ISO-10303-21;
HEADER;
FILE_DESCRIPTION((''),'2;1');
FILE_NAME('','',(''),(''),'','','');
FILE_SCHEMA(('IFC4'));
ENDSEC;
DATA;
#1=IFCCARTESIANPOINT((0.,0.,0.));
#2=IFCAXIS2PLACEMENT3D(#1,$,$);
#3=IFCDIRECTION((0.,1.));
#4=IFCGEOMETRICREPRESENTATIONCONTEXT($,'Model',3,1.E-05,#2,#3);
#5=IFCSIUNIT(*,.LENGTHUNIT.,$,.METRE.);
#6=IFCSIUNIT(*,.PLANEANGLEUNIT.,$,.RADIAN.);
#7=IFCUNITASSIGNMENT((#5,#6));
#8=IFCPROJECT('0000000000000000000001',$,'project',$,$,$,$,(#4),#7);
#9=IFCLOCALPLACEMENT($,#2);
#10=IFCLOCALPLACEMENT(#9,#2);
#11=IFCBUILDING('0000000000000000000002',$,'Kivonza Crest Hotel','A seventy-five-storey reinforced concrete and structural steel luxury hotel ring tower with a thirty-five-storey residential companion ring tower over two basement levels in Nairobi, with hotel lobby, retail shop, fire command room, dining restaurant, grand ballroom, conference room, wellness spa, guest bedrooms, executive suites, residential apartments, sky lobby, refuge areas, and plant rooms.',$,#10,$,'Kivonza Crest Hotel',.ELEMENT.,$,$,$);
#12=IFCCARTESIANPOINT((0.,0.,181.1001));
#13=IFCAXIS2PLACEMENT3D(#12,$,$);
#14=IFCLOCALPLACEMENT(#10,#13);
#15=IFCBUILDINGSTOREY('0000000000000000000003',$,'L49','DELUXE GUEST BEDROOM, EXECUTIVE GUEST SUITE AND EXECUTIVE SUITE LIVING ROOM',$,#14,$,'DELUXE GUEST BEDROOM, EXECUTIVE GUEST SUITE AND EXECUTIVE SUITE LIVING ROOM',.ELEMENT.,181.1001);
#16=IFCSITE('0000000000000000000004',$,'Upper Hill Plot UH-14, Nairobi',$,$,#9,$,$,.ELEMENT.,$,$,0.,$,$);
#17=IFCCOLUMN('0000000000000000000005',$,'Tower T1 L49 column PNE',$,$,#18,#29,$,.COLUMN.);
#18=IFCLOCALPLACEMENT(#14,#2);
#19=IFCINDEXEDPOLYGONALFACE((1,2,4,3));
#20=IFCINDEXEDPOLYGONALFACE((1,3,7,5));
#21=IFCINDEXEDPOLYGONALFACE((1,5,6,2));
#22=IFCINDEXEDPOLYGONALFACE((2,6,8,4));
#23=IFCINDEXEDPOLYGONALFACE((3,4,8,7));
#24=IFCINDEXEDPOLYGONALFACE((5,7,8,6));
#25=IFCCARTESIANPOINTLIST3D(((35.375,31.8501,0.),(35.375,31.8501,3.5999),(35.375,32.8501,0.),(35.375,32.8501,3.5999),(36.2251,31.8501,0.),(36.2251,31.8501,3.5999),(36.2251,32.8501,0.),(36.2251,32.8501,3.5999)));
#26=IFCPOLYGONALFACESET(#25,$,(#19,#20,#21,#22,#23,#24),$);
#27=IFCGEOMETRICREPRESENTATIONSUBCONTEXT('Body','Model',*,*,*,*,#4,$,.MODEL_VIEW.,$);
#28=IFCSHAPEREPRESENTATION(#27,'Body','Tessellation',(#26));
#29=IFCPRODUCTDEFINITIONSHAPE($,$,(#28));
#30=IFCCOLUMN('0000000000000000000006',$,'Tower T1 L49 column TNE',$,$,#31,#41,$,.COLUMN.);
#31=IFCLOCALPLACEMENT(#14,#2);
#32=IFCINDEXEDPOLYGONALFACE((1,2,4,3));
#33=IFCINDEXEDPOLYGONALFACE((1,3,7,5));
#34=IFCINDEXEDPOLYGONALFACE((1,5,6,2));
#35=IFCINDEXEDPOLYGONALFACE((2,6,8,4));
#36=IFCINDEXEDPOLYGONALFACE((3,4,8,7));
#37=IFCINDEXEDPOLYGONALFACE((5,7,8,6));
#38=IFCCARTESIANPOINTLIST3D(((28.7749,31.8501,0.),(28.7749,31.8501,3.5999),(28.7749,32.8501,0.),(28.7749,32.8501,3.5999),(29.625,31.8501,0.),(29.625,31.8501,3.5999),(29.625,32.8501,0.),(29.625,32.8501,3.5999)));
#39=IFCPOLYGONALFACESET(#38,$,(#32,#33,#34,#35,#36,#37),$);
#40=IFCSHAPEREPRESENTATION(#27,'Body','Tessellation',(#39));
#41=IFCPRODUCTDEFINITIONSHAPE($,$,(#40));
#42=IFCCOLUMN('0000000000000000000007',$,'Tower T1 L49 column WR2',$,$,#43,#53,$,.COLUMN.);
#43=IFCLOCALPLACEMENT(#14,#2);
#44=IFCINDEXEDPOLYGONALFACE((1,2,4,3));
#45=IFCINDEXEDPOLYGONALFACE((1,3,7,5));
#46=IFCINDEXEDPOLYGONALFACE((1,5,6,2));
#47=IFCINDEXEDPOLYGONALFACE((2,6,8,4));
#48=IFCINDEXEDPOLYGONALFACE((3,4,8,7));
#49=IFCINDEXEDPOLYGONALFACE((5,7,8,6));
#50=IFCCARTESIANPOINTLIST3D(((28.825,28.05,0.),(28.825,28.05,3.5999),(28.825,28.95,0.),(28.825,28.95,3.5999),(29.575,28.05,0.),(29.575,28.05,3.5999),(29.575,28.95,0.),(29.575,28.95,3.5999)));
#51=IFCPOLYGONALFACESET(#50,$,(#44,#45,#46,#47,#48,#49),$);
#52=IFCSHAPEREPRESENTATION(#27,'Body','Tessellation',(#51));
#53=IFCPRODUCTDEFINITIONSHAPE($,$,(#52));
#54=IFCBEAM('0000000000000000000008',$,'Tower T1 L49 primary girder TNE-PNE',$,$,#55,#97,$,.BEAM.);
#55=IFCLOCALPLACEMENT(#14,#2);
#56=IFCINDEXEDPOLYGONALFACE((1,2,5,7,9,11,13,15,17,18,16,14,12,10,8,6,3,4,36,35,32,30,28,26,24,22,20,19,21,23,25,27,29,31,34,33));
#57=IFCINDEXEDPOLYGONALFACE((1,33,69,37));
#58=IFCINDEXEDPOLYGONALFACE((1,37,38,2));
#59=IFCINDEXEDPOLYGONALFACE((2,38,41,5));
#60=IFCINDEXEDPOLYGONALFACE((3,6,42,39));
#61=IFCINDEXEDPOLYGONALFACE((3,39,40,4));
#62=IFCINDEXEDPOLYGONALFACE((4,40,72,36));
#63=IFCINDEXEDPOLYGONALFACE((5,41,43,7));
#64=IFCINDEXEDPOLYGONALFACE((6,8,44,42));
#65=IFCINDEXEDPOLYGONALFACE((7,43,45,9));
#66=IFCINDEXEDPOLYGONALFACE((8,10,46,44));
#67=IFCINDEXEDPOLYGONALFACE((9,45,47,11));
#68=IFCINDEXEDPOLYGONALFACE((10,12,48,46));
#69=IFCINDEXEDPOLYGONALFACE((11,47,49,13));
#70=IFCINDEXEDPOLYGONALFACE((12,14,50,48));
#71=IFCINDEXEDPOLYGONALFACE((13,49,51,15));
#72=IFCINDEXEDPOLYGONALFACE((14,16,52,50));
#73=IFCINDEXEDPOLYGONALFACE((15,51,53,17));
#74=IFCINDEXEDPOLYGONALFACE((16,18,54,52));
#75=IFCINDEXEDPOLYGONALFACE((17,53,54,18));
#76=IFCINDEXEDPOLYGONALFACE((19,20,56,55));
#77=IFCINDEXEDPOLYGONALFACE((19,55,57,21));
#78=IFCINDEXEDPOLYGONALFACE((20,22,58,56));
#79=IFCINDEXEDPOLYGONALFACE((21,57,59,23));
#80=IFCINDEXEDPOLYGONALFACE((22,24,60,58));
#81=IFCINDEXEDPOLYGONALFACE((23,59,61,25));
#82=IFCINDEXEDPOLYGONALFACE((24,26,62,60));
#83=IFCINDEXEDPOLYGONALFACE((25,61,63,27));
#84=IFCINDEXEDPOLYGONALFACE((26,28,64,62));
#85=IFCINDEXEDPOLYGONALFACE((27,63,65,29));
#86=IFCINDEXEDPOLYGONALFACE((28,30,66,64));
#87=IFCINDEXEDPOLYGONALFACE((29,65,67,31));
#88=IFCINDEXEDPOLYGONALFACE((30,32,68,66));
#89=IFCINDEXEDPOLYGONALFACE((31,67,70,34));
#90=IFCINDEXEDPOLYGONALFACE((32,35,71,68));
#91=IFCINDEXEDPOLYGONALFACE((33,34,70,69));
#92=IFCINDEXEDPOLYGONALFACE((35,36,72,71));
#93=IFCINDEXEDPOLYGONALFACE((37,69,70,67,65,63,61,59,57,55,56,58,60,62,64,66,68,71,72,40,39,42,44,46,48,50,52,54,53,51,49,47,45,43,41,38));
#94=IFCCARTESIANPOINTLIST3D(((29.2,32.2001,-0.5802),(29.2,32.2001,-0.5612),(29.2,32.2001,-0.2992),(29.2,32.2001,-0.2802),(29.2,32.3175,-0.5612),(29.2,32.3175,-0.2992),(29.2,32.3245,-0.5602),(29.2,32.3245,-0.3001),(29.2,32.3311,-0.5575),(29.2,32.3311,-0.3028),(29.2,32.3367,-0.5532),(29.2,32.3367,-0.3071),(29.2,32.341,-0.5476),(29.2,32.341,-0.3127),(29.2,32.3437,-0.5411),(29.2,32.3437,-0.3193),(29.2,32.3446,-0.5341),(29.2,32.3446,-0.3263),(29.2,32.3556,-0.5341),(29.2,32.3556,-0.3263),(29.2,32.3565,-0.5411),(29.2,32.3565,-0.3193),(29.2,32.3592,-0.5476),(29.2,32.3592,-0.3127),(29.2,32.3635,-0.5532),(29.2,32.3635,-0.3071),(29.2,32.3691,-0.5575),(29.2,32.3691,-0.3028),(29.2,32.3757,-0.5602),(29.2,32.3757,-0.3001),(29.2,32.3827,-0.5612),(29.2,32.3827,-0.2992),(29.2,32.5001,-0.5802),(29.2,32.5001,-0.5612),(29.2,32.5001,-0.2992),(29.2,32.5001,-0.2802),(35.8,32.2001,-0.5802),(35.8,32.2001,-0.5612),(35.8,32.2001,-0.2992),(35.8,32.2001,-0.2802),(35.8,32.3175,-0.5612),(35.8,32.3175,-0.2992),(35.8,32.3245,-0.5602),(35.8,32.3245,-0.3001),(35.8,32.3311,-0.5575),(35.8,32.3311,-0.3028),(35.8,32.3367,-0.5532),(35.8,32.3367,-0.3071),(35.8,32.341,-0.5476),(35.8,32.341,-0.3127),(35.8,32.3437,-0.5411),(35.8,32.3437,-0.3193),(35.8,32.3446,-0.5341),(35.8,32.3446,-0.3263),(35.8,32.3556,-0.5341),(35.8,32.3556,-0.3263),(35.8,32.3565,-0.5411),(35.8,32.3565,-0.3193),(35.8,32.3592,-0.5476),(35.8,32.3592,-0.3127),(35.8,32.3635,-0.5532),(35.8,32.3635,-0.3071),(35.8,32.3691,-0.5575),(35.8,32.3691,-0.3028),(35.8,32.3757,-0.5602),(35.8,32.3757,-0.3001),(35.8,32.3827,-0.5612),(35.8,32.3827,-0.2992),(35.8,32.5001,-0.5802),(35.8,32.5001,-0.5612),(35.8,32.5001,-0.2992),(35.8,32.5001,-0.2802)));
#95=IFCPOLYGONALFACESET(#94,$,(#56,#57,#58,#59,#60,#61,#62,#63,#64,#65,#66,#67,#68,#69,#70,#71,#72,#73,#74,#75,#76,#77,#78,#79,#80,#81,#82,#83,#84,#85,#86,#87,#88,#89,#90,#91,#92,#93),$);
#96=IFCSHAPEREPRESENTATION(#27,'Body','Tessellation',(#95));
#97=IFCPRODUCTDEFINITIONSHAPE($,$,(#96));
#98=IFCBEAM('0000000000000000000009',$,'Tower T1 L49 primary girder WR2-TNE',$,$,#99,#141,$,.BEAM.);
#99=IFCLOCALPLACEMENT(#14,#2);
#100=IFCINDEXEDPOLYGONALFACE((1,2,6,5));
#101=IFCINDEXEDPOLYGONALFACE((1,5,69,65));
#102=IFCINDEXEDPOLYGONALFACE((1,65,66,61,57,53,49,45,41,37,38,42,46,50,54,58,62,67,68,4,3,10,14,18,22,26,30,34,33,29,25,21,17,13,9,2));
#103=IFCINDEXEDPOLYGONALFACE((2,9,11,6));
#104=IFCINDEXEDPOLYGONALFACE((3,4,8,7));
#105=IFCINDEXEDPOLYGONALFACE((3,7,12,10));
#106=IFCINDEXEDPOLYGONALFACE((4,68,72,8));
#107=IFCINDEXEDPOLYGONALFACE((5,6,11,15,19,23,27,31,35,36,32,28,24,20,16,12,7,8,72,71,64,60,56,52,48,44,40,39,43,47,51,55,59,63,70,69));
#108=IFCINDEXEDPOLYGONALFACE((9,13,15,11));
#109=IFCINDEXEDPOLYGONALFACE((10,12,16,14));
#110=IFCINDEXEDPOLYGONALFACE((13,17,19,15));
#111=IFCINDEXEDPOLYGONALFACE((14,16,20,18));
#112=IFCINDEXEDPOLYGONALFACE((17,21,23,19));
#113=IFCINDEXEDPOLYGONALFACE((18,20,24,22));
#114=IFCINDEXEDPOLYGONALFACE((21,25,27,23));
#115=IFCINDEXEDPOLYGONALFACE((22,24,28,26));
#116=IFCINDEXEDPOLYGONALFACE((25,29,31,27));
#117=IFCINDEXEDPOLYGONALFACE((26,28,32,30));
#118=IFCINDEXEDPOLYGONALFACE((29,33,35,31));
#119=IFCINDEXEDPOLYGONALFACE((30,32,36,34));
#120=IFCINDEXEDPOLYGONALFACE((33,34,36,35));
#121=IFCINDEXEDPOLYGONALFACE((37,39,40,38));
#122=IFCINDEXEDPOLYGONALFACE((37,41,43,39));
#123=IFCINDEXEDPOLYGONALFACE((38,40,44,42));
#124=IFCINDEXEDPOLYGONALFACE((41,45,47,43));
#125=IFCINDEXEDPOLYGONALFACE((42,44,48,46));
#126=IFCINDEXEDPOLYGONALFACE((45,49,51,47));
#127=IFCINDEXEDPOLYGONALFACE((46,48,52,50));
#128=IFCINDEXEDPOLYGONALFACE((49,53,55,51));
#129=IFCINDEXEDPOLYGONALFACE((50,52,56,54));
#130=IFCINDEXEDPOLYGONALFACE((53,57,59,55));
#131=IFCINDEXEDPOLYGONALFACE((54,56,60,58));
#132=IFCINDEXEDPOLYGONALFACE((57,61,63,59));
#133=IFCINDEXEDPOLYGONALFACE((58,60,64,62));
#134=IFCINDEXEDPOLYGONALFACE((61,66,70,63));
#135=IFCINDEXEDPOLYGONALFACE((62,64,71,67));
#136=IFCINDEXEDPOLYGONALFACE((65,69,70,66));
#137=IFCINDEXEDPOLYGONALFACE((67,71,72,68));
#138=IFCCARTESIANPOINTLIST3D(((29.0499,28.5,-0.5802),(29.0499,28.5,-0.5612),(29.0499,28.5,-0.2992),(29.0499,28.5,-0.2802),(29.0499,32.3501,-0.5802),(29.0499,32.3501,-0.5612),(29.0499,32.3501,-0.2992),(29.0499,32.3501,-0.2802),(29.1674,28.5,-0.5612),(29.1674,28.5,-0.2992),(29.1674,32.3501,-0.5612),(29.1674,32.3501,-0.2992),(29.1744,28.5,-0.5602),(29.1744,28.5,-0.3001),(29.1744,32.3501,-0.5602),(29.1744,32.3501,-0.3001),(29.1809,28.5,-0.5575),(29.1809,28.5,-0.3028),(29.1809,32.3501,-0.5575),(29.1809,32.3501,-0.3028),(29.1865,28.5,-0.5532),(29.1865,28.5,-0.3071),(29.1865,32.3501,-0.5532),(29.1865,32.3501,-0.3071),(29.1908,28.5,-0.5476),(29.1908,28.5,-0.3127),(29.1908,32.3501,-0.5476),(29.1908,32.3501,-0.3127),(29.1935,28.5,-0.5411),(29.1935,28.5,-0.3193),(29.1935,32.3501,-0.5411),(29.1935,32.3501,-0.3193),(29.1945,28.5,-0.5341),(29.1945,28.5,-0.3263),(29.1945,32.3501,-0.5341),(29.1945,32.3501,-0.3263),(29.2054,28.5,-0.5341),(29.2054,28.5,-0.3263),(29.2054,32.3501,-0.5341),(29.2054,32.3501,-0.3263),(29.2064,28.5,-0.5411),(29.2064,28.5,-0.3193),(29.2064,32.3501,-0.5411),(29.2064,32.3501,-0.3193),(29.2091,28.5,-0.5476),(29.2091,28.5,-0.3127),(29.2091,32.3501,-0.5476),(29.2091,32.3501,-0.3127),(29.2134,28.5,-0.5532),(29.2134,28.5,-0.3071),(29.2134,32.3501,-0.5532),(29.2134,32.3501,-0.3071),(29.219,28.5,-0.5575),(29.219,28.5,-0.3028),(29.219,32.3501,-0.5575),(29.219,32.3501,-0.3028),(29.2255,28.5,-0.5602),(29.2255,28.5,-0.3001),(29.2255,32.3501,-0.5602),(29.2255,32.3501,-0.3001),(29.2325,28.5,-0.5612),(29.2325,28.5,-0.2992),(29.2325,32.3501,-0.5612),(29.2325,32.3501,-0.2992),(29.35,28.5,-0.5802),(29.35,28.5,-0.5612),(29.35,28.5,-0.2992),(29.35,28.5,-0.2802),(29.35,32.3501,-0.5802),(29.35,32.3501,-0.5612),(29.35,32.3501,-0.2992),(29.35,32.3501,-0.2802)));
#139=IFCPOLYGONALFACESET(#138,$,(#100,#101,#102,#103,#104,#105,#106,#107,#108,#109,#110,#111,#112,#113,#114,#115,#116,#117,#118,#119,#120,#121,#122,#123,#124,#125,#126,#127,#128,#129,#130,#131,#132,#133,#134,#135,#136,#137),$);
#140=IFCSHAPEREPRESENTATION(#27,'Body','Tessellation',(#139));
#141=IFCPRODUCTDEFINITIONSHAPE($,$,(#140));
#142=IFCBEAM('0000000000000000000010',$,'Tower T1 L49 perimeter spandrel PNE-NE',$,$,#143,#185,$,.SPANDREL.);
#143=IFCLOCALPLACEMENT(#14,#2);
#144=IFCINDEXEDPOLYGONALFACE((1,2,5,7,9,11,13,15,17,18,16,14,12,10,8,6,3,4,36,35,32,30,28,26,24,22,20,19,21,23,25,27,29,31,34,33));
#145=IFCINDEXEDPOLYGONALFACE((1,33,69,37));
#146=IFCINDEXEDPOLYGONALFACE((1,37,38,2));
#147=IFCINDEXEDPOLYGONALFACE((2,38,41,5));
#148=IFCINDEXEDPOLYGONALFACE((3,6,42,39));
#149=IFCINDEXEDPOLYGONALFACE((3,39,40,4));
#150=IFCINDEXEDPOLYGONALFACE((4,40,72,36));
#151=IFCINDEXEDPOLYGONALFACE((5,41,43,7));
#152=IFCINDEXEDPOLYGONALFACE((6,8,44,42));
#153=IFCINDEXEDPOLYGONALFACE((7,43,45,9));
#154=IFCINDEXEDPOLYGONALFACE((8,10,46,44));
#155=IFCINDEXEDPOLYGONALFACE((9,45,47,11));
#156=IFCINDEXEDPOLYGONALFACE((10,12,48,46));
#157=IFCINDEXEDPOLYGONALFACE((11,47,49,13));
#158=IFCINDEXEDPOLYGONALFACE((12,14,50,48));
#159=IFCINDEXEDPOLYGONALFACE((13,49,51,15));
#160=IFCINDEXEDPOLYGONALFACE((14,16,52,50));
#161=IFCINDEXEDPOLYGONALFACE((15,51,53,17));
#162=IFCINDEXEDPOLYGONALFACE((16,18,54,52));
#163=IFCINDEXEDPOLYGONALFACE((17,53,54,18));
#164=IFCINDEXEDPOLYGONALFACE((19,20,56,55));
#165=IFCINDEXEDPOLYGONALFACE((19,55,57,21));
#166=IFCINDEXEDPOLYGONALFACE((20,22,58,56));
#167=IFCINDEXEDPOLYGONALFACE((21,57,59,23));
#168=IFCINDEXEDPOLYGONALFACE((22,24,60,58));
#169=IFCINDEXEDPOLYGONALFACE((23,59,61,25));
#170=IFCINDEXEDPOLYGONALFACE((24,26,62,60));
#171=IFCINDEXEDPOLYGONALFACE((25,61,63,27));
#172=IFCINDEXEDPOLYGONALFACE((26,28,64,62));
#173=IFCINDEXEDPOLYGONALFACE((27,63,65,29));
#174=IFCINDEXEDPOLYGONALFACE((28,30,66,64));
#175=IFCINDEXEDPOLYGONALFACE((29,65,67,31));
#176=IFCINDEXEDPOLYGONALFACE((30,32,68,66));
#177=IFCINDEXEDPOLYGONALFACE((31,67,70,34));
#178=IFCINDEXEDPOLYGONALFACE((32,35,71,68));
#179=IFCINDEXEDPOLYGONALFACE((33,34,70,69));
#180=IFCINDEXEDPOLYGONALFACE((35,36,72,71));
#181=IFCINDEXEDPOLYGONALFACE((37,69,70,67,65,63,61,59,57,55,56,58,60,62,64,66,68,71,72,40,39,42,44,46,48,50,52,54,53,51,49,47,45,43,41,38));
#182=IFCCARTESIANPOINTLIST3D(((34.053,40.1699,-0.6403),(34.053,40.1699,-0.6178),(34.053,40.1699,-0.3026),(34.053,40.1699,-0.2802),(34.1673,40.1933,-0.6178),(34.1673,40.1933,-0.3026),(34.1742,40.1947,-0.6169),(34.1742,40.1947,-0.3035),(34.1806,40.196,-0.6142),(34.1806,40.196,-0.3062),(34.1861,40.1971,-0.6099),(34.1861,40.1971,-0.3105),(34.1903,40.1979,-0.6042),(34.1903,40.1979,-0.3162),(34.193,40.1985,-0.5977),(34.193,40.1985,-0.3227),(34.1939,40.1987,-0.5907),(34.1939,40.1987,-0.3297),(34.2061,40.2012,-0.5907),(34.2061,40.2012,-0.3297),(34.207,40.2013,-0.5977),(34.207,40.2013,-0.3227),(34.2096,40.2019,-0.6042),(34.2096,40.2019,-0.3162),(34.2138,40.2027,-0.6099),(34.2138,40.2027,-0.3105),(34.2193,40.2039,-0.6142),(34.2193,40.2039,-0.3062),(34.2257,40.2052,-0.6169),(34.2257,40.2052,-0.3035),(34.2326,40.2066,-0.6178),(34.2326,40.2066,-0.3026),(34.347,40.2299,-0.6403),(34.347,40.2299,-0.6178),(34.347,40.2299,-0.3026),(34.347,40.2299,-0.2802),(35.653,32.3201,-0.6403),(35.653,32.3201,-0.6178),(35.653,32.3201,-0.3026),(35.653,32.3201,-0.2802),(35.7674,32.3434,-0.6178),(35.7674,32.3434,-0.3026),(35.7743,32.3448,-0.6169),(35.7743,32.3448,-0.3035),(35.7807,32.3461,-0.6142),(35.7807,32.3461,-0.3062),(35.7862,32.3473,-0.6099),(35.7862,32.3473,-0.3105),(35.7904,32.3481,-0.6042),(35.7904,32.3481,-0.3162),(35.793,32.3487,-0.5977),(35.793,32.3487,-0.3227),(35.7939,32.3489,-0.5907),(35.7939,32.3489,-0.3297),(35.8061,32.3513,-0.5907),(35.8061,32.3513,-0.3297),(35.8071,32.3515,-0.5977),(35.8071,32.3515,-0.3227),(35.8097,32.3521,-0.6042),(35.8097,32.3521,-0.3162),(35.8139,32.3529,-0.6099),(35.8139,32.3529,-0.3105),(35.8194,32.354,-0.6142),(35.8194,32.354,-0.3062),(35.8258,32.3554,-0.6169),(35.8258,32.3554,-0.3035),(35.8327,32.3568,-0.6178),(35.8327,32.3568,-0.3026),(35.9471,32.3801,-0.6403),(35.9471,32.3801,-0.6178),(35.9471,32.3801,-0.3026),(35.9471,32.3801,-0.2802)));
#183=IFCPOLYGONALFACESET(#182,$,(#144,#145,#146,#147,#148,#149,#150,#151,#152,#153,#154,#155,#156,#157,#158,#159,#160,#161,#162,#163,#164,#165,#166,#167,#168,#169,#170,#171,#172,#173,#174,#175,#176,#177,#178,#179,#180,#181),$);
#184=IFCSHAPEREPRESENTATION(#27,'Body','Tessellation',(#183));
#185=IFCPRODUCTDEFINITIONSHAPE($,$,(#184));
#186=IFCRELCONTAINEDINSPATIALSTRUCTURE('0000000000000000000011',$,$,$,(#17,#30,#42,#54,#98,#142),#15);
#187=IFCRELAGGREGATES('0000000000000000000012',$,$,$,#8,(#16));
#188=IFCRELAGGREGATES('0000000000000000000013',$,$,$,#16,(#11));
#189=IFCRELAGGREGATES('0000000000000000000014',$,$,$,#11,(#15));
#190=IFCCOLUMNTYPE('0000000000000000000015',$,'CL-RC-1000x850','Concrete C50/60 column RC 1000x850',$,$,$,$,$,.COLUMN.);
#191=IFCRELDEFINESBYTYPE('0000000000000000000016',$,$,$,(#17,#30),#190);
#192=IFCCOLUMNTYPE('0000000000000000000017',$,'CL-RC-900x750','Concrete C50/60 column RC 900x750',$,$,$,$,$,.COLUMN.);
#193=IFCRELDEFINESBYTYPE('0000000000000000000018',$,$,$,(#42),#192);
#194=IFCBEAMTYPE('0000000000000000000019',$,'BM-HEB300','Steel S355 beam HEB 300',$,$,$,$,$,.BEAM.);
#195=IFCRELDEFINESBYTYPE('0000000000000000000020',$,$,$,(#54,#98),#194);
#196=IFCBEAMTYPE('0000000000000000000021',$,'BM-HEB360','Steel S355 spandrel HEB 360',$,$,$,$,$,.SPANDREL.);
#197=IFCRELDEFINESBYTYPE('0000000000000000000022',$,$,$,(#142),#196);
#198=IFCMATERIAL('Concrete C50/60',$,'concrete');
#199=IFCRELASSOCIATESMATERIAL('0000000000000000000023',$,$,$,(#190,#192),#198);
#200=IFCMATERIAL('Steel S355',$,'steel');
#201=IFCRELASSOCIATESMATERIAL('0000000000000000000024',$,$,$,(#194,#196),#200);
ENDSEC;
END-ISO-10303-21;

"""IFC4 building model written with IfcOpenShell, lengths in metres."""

from ifc_helpers import new_model, si_unit, direction, frame, origin, origin_2d, place, context, subcontext, project, spatial, rectangle, i_section, extrude, material, material_profile, profile_set, type_object, element, save


model = new_model("IFC4")

# Units and contexts
model_context = context("Model", 3, precision=1e-05, world=origin(), true_north=direction((0.0, 1.0)))
body_context = subcontext(model_context, "Body", "Model", "MODEL_VIEW")
ifc_project = project(units=[si_unit("LENGTHUNIT", "METRE"), si_unit("PLANEANGLEUNIT", "RADIAN")], contexts=[model_context])

# Site, building, storey
site_placement = place(None, origin())
site = spatial("IfcSite", under=ifc_project, at=site_placement, Name="Upper Hill Plot UH-14, Nairobi", CompositionType="ELEMENT", RefElevation=0.0)
building_placement = place(site_placement, origin())
building = spatial("IfcBuilding", under=site, at=building_placement, Name="Kivonza Crest Hotel", Description="A seventy-five-storey reinforced concrete and structural steel luxury hotel ring tower with a thirty-five-storey residential companion ring tower over two basement levels in Nairobi, with hotel lobby, retail shop, fire command room, dining restaurant, grand ballroom, conference room, wellness spa, guest bedrooms, executive suites, residential apartments, sky lobby, refuge areas, and plant rooms.", LongName="Kivonza Crest Hotel", CompositionType="ELEMENT")
storey_placement = place(building_placement, frame((0.0, 0.0, 181.1001)))
storey = spatial("IfcBuildingStorey", under=building, at=storey_placement, Name="L49", Description="DELUXE GUEST BEDROOM, EXECUTIVE GUEST SUITE AND EXECUTIVE SUITE LIVING ROOM", LongName="DELUXE GUEST BEDROOM, EXECUTIVE GUEST SUITE AND EXECUTIVE SUITE LIVING ROOM", CompositionType="ELEMENT", Elevation=181.1001)

# Columns
ifc_material_1 = material(Name="Concrete C50/60", Category="concrete")
ifc_material_profile_1 = material_profile(ifc_material_1, rectangle(XDim=0.8501, YDim=1.0, at=origin_2d()), Name="RC 1000x850")
ifc_profile_set_1 = profile_set([ifc_material_profile_1], Name="Concrete C50/60")
column_type_1 = type_object("IfcColumnType", Name="CL-RC-1000x850", Description="Concrete C50/60 column RC 1000x850", PredefinedType="COLUMN", material=ifc_profile_set_1)
for number, where, z_axis, x_axis, name in (
    (1, (35.8, 32.3501, 0.0), (0.0, 0.0, 1.0), (1.0, 0.0, 0.0), "Tower T1 L49 column PNE"),
    (2, (29.2, 32.3501, 0.0), (0.0, 0.0, 1.0), (1.0, 0.0, 0.0), "Tower T1 L49 column TNE"),
):
    element("IfcColumn", number, at=place(storey_placement, frame(where, z_axis=z_axis, x_axis=x_axis)), inside=storey, type_object=column_type_1, Name=name, PredefinedType="COLUMN", context=body_context, shape_type="SweptSolid", body=[
        extrude(rectangle(XDim=0.8501, YDim=1.0, at=origin_2d()), origin(), (0.0, 0.0, 1.0), 3.5999),
    ])
ifc_material_profile_2 = material_profile(ifc_material_1, rectangle(XDim=0.75, YDim=0.8999, at=origin_2d()), Name="RC 900x750")
ifc_profile_set_2 = profile_set([ifc_material_profile_2], Name="Concrete C50/60")
column_type_2 = type_object("IfcColumnType", Name="CL-RC-900x750", Description="Concrete C50/60 column RC 900x750", PredefinedType="COLUMN", material=ifc_profile_set_2)
column_placement = place(storey_placement, frame((29.2, 28.5, 0.0), z_axis=(0.0, 0.0, 1.0), x_axis=(1.0, 0.0, 0.0)))
element("IfcColumn", 3, at=column_placement, inside=storey, type_object=column_type_2, Name="Tower T1 L49 column WR2", PredefinedType="COLUMN", context=body_context, shape_type="SweptSolid", body=[
    extrude(rectangle(XDim=0.75, YDim=0.8999, at=origin_2d()), origin(), (0.0, 0.0, 1.0), 3.5999),
])

# Beams
ifc_material_2 = material(Name="Steel S355", Category="steel")
ifc_material_profile_3 = material_profile(ifc_material_2, i_section(OverallWidth=0.3, OverallDepth=0.3, WebThickness=0.011, FlangeThickness=0.019, FilletRadius=0.0271, at=origin_2d()), Name="HEB 300")
ifc_profile_set_3 = profile_set([ifc_material_profile_3], Name="Steel S355")
beam_type_1 = type_object("IfcBeamType", Name="BM-HEB300", Description="Steel S355 beam HEB 300", PredefinedType="BEAM", material=ifc_profile_set_3)
beam_1_placement = place(storey_placement, frame((29.2, 32.3501, -0.4302), z_axis=(1.0, 0.0, 0.0), x_axis=(0.0, 1.0, 0.0)))
element("IfcBeam", 4, at=beam_1_placement, inside=storey, type_object=beam_type_1, Name="Tower T1 L49 primary girder TNE-PNE", PredefinedType="BEAM", context=body_context, shape_type="SweptSolid", body=[
    extrude(i_section(OverallWidth=0.3, OverallDepth=0.3, WebThickness=0.011, FlangeThickness=0.019, FilletRadius=0.0271, at=origin_2d()), origin(), (0.0, 0.0, 1.0), 6.6001),
])
beam_2_placement = place(storey_placement, frame((29.2, 28.5, -0.4302), z_axis=(0.0, 1.0, 0.0), x_axis=(-1.0, 0.0, 0.0)))
element("IfcBeam", 5, at=beam_2_placement, inside=storey, type_object=beam_type_1, Name="Tower T1 L49 primary girder WR2-TNE", PredefinedType="BEAM", context=body_context, shape_type="SweptSolid", body=[
    extrude(i_section(OverallWidth=0.3, OverallDepth=0.3, WebThickness=0.011, FlangeThickness=0.019, FilletRadius=0.0271, at=origin_2d()), origin(), (0.0, 0.0, 1.0), 3.8501),
])
ifc_material_profile_4 = material_profile(ifc_material_2, i_section(OverallWidth=0.3, OverallDepth=0.3601, WebThickness=0.0125, FlangeThickness=0.0225, FilletRadius=0.0271, at=origin_2d()), Name="HEB 360")
ifc_profile_set_4 = profile_set([ifc_material_profile_4], Name="Steel S355")
beam_type_2 = type_object("IfcBeamType", Name="BM-HEB360", Description="Steel S355 spandrel HEB 360", PredefinedType="SPANDREL", material=ifc_profile_set_4)
beam_3_placement = place(storey_placement, frame((35.8, 32.3501, -0.4602), z_axis=(-0.199731, 0.979851, 0.0), x_axis=(-0.979851, -0.199731, 0.0)))
element("IfcBeam", 6, at=beam_3_placement, inside=storey, type_object=beam_type_2, Name="Tower T1 L49 perimeter spandrel PNE-NE", PredefinedType="SPANDREL", context=body_context, shape_type="SweptSolid", body=[
    extrude(i_section(OverallWidth=0.3, OverallDepth=0.3601, WebThickness=0.0125, FlangeThickness=0.0225, FilletRadius=0.0271, at=origin_2d()), origin(), (0.0, 0.0, 1.0), 8.0112),
])

save(model, "model.ifc")
